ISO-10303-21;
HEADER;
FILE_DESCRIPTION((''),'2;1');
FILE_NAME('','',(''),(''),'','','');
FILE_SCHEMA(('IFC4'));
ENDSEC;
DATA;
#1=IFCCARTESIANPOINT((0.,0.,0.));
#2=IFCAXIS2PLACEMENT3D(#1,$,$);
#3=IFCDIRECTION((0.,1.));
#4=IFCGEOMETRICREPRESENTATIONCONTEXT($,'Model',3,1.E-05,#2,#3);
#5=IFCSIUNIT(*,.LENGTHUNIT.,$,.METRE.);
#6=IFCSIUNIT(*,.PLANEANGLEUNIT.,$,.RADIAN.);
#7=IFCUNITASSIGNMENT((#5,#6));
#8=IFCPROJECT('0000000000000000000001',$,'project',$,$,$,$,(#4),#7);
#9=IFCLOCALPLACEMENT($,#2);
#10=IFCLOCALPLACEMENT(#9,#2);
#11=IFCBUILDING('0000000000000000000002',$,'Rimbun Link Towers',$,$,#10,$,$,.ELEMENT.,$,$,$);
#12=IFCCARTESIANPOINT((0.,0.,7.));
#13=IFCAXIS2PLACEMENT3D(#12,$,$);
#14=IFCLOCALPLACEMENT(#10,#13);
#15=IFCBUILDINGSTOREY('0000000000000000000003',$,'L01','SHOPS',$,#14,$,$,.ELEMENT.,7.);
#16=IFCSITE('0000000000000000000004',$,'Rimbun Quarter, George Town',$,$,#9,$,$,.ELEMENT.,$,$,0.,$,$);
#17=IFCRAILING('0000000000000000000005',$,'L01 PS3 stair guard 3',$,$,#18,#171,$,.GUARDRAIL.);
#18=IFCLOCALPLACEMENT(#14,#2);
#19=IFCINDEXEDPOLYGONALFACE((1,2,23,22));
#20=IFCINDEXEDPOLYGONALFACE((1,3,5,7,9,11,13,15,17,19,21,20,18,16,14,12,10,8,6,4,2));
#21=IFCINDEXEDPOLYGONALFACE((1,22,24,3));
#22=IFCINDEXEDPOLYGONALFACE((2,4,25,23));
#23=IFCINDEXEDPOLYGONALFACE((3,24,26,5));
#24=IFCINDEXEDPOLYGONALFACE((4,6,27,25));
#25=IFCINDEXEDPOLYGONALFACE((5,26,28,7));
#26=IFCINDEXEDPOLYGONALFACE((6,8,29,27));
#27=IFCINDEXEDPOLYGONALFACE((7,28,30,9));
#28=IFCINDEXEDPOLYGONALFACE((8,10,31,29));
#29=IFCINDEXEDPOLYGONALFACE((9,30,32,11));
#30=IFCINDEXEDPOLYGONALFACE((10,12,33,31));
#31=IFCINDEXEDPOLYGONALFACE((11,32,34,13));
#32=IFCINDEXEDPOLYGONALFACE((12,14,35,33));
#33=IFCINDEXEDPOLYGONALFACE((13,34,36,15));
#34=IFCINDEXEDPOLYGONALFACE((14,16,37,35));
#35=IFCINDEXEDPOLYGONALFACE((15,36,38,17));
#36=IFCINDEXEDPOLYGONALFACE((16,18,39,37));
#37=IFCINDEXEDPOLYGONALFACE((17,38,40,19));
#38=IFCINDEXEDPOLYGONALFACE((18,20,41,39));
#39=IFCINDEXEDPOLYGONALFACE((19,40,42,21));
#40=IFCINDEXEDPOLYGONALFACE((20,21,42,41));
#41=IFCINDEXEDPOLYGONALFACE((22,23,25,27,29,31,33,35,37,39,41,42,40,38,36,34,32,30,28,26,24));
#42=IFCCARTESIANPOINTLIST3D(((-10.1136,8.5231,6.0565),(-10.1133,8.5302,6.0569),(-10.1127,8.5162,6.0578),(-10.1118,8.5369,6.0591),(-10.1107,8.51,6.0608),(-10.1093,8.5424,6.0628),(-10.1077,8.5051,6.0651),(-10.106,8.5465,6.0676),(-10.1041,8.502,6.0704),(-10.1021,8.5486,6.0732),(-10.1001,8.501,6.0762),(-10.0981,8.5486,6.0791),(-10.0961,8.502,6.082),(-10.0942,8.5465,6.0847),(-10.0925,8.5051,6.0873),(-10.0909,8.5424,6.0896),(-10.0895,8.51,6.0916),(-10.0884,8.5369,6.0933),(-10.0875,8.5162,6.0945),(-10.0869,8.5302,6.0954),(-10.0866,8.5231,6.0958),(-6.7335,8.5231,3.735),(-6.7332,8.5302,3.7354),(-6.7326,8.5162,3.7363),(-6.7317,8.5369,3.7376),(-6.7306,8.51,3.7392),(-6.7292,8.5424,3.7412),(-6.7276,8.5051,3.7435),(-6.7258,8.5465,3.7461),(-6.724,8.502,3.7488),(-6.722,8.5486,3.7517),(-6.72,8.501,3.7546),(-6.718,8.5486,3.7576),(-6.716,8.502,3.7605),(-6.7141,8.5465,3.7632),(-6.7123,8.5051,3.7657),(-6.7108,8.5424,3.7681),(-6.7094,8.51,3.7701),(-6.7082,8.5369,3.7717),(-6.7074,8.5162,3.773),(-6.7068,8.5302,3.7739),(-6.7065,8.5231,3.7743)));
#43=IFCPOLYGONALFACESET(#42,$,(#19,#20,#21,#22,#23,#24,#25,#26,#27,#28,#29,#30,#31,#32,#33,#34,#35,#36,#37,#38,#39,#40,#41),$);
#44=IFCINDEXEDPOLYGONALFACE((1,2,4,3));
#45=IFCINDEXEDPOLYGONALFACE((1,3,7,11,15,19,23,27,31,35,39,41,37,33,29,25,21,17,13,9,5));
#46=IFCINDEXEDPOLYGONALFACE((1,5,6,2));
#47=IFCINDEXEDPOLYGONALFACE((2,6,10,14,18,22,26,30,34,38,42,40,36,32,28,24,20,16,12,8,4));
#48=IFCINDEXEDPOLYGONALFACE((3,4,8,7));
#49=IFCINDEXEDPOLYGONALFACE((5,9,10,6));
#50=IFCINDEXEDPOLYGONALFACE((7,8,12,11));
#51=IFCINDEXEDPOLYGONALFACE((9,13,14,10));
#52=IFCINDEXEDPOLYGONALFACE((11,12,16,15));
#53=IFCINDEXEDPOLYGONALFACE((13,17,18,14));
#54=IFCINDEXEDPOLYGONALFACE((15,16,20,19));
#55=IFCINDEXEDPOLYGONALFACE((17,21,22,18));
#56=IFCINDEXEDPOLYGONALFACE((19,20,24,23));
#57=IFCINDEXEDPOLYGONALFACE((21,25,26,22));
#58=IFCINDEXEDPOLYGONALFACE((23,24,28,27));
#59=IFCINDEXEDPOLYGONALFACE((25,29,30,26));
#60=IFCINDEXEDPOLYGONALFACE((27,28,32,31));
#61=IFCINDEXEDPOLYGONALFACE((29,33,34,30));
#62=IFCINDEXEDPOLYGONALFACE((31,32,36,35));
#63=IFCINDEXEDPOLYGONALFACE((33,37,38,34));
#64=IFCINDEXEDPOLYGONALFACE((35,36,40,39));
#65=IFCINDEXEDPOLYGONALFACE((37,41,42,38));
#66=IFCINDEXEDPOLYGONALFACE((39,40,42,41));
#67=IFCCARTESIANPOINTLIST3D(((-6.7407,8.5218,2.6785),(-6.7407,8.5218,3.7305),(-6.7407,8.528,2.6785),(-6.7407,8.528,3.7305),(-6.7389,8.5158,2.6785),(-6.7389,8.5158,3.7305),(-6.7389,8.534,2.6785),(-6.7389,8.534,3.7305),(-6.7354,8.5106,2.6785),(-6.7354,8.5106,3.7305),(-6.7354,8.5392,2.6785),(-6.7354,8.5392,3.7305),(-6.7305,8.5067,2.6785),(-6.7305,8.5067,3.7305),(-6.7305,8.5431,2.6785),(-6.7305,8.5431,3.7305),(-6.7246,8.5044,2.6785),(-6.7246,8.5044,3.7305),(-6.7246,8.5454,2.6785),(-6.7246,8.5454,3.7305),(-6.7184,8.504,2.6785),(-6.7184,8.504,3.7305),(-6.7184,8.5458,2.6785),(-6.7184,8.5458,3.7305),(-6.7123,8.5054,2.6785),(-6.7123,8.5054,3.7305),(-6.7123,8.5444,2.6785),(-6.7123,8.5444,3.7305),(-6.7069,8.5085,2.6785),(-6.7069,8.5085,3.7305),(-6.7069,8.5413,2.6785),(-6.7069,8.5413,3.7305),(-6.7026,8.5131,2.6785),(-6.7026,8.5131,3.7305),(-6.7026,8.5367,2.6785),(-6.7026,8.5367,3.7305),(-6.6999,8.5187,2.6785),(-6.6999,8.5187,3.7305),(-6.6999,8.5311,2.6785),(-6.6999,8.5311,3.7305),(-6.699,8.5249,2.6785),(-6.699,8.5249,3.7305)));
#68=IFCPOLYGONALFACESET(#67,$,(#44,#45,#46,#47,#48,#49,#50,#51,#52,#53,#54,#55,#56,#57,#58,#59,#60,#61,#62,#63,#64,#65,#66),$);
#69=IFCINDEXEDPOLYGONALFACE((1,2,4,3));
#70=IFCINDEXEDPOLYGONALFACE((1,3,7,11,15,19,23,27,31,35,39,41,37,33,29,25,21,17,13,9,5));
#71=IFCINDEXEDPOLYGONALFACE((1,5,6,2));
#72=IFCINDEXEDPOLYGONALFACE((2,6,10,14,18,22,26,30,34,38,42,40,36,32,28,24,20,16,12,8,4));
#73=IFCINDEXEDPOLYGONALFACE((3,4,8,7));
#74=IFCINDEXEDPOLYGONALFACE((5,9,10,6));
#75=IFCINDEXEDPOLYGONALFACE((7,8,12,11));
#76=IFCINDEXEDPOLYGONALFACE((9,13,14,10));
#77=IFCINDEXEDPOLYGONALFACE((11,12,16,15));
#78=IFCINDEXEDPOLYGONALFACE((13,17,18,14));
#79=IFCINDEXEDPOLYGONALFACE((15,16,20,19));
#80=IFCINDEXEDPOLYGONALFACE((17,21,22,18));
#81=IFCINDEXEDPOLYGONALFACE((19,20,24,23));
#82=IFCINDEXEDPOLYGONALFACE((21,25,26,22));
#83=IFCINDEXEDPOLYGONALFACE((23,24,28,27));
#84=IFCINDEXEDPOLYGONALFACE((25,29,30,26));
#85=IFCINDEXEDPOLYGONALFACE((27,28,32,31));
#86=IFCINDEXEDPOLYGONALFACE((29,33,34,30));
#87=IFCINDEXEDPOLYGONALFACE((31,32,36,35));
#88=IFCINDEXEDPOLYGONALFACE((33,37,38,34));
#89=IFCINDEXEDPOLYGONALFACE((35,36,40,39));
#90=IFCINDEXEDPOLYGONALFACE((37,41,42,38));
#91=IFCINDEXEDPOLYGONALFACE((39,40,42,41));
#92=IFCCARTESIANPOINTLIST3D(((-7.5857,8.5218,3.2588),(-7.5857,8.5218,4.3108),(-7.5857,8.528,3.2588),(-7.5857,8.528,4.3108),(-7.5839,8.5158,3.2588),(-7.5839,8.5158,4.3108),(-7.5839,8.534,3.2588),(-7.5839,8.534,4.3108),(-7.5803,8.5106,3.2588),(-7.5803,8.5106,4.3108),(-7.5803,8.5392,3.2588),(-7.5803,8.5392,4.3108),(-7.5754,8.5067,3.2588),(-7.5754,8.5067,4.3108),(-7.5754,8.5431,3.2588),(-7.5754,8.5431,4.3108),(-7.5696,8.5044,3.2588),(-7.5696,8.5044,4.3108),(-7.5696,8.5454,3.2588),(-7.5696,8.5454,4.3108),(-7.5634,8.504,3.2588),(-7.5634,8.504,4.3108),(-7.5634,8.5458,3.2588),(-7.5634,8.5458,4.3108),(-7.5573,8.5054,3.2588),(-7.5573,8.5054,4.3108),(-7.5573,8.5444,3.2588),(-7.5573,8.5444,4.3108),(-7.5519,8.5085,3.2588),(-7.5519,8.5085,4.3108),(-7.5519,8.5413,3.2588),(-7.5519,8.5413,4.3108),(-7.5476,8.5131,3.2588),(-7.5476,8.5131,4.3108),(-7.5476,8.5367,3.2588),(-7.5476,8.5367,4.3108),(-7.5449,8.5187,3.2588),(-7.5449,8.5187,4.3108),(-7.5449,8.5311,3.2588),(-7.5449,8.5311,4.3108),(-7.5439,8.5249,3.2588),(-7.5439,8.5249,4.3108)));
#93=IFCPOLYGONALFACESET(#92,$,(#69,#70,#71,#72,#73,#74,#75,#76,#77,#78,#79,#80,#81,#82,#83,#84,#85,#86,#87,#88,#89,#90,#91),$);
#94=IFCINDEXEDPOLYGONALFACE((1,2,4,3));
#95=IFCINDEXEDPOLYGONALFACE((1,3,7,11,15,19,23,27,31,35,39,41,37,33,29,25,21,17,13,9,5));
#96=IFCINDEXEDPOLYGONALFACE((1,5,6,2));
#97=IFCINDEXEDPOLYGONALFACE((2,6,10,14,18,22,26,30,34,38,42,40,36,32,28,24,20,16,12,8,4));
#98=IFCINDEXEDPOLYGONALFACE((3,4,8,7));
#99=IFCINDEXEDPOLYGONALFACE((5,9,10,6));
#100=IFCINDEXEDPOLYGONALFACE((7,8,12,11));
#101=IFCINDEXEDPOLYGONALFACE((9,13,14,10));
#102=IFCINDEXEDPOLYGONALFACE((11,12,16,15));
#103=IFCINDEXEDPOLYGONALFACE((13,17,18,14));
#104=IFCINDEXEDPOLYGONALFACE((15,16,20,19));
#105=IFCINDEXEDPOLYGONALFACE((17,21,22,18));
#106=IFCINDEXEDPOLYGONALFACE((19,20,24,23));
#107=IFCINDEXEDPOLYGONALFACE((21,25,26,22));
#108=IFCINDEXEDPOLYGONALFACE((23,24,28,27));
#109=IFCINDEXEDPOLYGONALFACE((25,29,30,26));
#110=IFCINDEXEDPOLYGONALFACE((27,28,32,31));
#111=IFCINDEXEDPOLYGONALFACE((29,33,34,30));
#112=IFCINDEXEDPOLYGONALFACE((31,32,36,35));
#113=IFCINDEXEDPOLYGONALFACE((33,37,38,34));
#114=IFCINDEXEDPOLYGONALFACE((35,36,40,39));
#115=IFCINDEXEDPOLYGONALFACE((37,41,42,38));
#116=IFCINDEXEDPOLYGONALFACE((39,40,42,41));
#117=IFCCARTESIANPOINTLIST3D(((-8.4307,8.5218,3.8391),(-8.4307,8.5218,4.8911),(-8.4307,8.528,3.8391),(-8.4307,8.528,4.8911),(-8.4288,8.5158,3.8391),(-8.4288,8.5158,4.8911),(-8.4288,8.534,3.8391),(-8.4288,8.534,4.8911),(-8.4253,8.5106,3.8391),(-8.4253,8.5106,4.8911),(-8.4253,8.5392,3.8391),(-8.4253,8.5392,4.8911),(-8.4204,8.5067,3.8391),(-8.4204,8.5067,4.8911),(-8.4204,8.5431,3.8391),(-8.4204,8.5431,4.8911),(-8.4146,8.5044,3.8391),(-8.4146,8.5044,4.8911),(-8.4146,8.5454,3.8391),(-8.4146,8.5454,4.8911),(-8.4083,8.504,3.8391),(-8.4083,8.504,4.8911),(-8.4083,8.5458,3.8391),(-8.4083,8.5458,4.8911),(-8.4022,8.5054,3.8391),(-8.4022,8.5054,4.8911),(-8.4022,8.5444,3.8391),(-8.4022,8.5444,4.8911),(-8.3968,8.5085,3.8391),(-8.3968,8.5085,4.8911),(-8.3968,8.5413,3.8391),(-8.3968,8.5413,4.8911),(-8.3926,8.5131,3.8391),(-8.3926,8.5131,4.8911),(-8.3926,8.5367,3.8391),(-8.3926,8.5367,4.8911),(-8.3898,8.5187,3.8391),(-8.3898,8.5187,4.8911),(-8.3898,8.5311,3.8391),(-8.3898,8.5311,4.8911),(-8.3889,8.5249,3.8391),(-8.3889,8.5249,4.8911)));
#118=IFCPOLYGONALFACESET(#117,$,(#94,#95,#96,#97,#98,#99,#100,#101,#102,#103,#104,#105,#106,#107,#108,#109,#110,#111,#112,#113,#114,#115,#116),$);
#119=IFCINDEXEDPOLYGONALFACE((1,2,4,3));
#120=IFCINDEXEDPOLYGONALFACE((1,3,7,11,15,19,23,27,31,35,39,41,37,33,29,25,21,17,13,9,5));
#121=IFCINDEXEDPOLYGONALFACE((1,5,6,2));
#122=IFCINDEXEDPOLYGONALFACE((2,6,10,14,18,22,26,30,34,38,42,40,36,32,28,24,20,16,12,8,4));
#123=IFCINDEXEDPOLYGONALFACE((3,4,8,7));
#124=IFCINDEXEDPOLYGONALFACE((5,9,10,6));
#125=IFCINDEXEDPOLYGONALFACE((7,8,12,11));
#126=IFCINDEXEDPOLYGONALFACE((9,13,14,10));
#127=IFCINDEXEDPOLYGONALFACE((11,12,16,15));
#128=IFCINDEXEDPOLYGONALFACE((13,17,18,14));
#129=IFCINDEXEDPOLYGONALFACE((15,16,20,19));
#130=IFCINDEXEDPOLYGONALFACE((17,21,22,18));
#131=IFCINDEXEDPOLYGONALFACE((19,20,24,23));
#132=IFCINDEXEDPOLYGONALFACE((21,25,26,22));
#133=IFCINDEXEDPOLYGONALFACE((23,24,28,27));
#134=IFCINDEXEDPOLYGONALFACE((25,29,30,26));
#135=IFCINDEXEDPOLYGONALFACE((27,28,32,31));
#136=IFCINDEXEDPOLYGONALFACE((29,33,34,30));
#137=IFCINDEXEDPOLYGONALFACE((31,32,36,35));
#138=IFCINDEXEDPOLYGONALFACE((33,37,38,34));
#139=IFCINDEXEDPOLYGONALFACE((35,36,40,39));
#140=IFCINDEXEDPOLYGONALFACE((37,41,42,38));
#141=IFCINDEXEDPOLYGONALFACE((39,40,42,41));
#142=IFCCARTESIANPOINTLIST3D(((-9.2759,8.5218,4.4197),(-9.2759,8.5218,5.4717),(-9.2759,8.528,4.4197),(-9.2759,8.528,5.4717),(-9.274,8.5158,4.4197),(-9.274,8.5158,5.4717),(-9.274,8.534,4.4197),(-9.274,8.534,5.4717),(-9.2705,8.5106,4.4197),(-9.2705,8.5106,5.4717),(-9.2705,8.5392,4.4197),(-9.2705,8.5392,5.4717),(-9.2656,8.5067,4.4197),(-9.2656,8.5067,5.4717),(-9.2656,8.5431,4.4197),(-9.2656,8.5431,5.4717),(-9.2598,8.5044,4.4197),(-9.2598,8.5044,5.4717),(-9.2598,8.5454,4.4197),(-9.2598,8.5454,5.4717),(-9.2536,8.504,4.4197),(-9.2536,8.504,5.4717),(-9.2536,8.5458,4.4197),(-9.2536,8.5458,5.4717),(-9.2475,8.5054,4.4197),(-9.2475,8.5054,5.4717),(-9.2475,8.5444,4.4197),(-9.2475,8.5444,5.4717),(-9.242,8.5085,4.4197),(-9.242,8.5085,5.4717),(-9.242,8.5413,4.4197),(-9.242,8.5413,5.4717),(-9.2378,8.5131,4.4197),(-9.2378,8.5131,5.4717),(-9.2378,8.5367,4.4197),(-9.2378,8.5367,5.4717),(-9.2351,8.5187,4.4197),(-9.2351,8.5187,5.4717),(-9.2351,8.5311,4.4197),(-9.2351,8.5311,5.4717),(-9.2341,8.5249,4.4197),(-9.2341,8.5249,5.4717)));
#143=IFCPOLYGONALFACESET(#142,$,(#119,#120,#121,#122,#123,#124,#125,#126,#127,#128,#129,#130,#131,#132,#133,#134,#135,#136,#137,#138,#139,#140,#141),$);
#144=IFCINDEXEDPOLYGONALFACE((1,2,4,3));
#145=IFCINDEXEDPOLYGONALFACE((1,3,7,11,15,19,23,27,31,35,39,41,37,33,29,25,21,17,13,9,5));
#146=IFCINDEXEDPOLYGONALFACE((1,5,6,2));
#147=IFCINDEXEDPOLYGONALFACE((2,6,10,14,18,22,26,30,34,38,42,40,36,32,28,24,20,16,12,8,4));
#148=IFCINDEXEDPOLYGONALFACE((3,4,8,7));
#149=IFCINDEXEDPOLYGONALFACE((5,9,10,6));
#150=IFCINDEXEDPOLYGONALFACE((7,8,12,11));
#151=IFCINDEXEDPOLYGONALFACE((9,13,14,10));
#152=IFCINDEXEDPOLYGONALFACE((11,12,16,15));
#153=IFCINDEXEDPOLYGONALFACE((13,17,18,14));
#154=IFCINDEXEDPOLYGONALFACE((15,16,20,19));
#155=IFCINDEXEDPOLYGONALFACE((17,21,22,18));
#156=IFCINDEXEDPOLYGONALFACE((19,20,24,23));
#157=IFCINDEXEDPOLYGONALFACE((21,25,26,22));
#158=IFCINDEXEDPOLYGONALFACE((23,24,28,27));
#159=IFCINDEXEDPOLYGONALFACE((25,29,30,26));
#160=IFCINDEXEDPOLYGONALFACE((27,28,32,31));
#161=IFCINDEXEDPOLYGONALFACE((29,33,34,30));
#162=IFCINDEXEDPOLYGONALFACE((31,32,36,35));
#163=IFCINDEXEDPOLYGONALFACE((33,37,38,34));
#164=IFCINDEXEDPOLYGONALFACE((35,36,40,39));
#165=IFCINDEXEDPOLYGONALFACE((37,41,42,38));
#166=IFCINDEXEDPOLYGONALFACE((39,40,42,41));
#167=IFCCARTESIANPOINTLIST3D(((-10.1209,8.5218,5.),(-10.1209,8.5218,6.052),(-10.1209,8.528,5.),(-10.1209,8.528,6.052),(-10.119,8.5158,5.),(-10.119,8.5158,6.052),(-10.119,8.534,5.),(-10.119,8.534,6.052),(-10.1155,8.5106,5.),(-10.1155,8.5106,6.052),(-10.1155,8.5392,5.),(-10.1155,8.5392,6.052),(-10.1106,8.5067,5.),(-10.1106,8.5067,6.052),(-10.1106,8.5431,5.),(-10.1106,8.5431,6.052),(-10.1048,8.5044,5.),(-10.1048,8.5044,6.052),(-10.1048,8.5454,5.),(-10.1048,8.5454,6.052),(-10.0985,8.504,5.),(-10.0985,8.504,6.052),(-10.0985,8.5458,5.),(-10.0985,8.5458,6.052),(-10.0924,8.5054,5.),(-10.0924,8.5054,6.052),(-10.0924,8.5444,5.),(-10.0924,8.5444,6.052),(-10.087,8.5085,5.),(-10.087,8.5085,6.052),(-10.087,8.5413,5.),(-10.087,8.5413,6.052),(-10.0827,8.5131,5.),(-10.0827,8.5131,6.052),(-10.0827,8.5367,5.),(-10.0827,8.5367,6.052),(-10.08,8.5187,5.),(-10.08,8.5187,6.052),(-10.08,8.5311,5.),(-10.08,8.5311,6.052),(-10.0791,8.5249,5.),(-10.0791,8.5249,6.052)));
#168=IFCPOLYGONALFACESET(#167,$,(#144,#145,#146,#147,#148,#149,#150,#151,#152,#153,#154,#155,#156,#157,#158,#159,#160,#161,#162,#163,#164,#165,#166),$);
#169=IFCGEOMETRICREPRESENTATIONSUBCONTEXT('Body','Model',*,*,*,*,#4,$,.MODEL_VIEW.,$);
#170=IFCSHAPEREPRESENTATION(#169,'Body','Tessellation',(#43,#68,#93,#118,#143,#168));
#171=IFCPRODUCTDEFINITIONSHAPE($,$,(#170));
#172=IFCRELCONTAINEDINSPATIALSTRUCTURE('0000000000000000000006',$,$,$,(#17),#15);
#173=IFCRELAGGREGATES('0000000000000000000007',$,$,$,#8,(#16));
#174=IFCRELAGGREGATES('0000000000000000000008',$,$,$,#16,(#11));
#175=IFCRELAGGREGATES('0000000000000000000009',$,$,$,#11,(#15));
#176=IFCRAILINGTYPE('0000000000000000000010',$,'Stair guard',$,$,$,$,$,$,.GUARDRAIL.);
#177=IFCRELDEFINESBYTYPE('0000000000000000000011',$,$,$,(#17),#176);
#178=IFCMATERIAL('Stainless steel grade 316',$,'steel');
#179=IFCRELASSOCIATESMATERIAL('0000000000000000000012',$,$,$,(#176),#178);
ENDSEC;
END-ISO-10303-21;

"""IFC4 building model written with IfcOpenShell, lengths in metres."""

from ifc_helpers import new_model, si_unit, direction, frame, origin, origin_2d, place, context, subcontext, project, spatial, circle, extrude, material, type_object, element, save


model = new_model("IFC4")

# Units and contexts
model_context = context("Model", 3, precision=1e-05, world=origin(), true_north=direction((0.0, 1.0)))
body_context = subcontext(model_context, "Body", "Model", "MODEL_VIEW")
ifc_project = project(units=[si_unit("LENGTHUNIT", "METRE"), si_unit("PLANEANGLEUNIT", "RADIAN")], contexts=[model_context])

# Site, building, storey
site_placement = place(None, origin())
site = spatial("IfcSite", under=ifc_project, at=site_placement, Name="Rimbun Quarter, George Town", CompositionType="ELEMENT", RefElevation=0.0)
building_placement = place(site_placement, origin())
building = spatial("IfcBuilding", under=site, at=building_placement, Name="Rimbun Link Towers", CompositionType="ELEMENT")
storey_placement = place(building_placement, frame((0.0, 0.0, 7.0)))
storey = spatial("IfcBuildingStorey", under=building, at=storey_placement, Name="L01", Description="SHOPS", CompositionType="ELEMENT", Elevation=7.0)

# Railing
ifc_material_1 = material(Name="Stainless steel grade 316", Category="steel")
railing_type_1 = type_object("IfcRailingType", Name="Stair guard", PredefinedType="GUARDRAIL", material=ifc_material_1)
railing_1_placement = place(storey_placement, frame((-6.72, 8.5249, 2.6785)))
element("IfcRailing", 1, at=railing_1_placement, inside=storey, type_object=railing_type_1, Name="L01 PS3 stair guard 3", PredefinedType="GUARDRAIL", context=body_context, shape_type="SweptSolid", body=[
    extrude(circle(Radius=0.0239, at=origin_2d()), frame((0.0, 0.0, 1.0762), z_axis=(-0.824304, 0.0, 0.566147), x_axis=(0.0, -1.0, 0.0)), (0.0, 0.0, 1.0), 4.1006),
    extrude(circle(Radius=0.021, at=origin_2d()), origin(), (0.0, 0.0, 1.0), 1.052),
    extrude(circle(Radius=0.021, at=origin_2d()), frame((-0.845, 0.0, 0.5803)), (0.0, 0.0, 1.0), 1.052),
    extrude(circle(Radius=0.021, at=origin_2d()), frame((-1.6899, 0.0, 1.1606)), (0.0, 0.0, 1.0), 1.052),
    extrude(circle(Radius=0.021, at=origin_2d()), frame((-2.5352, 0.0, 1.7412)), (0.0, 0.0, 1.0), 1.052),
    extrude(circle(Radius=0.021, at=origin_2d()), frame((-3.3801, 0.0, 2.3215)), (0.0, 0.0, 1.0), 1.052),
])

save(model, "model.ifc")
